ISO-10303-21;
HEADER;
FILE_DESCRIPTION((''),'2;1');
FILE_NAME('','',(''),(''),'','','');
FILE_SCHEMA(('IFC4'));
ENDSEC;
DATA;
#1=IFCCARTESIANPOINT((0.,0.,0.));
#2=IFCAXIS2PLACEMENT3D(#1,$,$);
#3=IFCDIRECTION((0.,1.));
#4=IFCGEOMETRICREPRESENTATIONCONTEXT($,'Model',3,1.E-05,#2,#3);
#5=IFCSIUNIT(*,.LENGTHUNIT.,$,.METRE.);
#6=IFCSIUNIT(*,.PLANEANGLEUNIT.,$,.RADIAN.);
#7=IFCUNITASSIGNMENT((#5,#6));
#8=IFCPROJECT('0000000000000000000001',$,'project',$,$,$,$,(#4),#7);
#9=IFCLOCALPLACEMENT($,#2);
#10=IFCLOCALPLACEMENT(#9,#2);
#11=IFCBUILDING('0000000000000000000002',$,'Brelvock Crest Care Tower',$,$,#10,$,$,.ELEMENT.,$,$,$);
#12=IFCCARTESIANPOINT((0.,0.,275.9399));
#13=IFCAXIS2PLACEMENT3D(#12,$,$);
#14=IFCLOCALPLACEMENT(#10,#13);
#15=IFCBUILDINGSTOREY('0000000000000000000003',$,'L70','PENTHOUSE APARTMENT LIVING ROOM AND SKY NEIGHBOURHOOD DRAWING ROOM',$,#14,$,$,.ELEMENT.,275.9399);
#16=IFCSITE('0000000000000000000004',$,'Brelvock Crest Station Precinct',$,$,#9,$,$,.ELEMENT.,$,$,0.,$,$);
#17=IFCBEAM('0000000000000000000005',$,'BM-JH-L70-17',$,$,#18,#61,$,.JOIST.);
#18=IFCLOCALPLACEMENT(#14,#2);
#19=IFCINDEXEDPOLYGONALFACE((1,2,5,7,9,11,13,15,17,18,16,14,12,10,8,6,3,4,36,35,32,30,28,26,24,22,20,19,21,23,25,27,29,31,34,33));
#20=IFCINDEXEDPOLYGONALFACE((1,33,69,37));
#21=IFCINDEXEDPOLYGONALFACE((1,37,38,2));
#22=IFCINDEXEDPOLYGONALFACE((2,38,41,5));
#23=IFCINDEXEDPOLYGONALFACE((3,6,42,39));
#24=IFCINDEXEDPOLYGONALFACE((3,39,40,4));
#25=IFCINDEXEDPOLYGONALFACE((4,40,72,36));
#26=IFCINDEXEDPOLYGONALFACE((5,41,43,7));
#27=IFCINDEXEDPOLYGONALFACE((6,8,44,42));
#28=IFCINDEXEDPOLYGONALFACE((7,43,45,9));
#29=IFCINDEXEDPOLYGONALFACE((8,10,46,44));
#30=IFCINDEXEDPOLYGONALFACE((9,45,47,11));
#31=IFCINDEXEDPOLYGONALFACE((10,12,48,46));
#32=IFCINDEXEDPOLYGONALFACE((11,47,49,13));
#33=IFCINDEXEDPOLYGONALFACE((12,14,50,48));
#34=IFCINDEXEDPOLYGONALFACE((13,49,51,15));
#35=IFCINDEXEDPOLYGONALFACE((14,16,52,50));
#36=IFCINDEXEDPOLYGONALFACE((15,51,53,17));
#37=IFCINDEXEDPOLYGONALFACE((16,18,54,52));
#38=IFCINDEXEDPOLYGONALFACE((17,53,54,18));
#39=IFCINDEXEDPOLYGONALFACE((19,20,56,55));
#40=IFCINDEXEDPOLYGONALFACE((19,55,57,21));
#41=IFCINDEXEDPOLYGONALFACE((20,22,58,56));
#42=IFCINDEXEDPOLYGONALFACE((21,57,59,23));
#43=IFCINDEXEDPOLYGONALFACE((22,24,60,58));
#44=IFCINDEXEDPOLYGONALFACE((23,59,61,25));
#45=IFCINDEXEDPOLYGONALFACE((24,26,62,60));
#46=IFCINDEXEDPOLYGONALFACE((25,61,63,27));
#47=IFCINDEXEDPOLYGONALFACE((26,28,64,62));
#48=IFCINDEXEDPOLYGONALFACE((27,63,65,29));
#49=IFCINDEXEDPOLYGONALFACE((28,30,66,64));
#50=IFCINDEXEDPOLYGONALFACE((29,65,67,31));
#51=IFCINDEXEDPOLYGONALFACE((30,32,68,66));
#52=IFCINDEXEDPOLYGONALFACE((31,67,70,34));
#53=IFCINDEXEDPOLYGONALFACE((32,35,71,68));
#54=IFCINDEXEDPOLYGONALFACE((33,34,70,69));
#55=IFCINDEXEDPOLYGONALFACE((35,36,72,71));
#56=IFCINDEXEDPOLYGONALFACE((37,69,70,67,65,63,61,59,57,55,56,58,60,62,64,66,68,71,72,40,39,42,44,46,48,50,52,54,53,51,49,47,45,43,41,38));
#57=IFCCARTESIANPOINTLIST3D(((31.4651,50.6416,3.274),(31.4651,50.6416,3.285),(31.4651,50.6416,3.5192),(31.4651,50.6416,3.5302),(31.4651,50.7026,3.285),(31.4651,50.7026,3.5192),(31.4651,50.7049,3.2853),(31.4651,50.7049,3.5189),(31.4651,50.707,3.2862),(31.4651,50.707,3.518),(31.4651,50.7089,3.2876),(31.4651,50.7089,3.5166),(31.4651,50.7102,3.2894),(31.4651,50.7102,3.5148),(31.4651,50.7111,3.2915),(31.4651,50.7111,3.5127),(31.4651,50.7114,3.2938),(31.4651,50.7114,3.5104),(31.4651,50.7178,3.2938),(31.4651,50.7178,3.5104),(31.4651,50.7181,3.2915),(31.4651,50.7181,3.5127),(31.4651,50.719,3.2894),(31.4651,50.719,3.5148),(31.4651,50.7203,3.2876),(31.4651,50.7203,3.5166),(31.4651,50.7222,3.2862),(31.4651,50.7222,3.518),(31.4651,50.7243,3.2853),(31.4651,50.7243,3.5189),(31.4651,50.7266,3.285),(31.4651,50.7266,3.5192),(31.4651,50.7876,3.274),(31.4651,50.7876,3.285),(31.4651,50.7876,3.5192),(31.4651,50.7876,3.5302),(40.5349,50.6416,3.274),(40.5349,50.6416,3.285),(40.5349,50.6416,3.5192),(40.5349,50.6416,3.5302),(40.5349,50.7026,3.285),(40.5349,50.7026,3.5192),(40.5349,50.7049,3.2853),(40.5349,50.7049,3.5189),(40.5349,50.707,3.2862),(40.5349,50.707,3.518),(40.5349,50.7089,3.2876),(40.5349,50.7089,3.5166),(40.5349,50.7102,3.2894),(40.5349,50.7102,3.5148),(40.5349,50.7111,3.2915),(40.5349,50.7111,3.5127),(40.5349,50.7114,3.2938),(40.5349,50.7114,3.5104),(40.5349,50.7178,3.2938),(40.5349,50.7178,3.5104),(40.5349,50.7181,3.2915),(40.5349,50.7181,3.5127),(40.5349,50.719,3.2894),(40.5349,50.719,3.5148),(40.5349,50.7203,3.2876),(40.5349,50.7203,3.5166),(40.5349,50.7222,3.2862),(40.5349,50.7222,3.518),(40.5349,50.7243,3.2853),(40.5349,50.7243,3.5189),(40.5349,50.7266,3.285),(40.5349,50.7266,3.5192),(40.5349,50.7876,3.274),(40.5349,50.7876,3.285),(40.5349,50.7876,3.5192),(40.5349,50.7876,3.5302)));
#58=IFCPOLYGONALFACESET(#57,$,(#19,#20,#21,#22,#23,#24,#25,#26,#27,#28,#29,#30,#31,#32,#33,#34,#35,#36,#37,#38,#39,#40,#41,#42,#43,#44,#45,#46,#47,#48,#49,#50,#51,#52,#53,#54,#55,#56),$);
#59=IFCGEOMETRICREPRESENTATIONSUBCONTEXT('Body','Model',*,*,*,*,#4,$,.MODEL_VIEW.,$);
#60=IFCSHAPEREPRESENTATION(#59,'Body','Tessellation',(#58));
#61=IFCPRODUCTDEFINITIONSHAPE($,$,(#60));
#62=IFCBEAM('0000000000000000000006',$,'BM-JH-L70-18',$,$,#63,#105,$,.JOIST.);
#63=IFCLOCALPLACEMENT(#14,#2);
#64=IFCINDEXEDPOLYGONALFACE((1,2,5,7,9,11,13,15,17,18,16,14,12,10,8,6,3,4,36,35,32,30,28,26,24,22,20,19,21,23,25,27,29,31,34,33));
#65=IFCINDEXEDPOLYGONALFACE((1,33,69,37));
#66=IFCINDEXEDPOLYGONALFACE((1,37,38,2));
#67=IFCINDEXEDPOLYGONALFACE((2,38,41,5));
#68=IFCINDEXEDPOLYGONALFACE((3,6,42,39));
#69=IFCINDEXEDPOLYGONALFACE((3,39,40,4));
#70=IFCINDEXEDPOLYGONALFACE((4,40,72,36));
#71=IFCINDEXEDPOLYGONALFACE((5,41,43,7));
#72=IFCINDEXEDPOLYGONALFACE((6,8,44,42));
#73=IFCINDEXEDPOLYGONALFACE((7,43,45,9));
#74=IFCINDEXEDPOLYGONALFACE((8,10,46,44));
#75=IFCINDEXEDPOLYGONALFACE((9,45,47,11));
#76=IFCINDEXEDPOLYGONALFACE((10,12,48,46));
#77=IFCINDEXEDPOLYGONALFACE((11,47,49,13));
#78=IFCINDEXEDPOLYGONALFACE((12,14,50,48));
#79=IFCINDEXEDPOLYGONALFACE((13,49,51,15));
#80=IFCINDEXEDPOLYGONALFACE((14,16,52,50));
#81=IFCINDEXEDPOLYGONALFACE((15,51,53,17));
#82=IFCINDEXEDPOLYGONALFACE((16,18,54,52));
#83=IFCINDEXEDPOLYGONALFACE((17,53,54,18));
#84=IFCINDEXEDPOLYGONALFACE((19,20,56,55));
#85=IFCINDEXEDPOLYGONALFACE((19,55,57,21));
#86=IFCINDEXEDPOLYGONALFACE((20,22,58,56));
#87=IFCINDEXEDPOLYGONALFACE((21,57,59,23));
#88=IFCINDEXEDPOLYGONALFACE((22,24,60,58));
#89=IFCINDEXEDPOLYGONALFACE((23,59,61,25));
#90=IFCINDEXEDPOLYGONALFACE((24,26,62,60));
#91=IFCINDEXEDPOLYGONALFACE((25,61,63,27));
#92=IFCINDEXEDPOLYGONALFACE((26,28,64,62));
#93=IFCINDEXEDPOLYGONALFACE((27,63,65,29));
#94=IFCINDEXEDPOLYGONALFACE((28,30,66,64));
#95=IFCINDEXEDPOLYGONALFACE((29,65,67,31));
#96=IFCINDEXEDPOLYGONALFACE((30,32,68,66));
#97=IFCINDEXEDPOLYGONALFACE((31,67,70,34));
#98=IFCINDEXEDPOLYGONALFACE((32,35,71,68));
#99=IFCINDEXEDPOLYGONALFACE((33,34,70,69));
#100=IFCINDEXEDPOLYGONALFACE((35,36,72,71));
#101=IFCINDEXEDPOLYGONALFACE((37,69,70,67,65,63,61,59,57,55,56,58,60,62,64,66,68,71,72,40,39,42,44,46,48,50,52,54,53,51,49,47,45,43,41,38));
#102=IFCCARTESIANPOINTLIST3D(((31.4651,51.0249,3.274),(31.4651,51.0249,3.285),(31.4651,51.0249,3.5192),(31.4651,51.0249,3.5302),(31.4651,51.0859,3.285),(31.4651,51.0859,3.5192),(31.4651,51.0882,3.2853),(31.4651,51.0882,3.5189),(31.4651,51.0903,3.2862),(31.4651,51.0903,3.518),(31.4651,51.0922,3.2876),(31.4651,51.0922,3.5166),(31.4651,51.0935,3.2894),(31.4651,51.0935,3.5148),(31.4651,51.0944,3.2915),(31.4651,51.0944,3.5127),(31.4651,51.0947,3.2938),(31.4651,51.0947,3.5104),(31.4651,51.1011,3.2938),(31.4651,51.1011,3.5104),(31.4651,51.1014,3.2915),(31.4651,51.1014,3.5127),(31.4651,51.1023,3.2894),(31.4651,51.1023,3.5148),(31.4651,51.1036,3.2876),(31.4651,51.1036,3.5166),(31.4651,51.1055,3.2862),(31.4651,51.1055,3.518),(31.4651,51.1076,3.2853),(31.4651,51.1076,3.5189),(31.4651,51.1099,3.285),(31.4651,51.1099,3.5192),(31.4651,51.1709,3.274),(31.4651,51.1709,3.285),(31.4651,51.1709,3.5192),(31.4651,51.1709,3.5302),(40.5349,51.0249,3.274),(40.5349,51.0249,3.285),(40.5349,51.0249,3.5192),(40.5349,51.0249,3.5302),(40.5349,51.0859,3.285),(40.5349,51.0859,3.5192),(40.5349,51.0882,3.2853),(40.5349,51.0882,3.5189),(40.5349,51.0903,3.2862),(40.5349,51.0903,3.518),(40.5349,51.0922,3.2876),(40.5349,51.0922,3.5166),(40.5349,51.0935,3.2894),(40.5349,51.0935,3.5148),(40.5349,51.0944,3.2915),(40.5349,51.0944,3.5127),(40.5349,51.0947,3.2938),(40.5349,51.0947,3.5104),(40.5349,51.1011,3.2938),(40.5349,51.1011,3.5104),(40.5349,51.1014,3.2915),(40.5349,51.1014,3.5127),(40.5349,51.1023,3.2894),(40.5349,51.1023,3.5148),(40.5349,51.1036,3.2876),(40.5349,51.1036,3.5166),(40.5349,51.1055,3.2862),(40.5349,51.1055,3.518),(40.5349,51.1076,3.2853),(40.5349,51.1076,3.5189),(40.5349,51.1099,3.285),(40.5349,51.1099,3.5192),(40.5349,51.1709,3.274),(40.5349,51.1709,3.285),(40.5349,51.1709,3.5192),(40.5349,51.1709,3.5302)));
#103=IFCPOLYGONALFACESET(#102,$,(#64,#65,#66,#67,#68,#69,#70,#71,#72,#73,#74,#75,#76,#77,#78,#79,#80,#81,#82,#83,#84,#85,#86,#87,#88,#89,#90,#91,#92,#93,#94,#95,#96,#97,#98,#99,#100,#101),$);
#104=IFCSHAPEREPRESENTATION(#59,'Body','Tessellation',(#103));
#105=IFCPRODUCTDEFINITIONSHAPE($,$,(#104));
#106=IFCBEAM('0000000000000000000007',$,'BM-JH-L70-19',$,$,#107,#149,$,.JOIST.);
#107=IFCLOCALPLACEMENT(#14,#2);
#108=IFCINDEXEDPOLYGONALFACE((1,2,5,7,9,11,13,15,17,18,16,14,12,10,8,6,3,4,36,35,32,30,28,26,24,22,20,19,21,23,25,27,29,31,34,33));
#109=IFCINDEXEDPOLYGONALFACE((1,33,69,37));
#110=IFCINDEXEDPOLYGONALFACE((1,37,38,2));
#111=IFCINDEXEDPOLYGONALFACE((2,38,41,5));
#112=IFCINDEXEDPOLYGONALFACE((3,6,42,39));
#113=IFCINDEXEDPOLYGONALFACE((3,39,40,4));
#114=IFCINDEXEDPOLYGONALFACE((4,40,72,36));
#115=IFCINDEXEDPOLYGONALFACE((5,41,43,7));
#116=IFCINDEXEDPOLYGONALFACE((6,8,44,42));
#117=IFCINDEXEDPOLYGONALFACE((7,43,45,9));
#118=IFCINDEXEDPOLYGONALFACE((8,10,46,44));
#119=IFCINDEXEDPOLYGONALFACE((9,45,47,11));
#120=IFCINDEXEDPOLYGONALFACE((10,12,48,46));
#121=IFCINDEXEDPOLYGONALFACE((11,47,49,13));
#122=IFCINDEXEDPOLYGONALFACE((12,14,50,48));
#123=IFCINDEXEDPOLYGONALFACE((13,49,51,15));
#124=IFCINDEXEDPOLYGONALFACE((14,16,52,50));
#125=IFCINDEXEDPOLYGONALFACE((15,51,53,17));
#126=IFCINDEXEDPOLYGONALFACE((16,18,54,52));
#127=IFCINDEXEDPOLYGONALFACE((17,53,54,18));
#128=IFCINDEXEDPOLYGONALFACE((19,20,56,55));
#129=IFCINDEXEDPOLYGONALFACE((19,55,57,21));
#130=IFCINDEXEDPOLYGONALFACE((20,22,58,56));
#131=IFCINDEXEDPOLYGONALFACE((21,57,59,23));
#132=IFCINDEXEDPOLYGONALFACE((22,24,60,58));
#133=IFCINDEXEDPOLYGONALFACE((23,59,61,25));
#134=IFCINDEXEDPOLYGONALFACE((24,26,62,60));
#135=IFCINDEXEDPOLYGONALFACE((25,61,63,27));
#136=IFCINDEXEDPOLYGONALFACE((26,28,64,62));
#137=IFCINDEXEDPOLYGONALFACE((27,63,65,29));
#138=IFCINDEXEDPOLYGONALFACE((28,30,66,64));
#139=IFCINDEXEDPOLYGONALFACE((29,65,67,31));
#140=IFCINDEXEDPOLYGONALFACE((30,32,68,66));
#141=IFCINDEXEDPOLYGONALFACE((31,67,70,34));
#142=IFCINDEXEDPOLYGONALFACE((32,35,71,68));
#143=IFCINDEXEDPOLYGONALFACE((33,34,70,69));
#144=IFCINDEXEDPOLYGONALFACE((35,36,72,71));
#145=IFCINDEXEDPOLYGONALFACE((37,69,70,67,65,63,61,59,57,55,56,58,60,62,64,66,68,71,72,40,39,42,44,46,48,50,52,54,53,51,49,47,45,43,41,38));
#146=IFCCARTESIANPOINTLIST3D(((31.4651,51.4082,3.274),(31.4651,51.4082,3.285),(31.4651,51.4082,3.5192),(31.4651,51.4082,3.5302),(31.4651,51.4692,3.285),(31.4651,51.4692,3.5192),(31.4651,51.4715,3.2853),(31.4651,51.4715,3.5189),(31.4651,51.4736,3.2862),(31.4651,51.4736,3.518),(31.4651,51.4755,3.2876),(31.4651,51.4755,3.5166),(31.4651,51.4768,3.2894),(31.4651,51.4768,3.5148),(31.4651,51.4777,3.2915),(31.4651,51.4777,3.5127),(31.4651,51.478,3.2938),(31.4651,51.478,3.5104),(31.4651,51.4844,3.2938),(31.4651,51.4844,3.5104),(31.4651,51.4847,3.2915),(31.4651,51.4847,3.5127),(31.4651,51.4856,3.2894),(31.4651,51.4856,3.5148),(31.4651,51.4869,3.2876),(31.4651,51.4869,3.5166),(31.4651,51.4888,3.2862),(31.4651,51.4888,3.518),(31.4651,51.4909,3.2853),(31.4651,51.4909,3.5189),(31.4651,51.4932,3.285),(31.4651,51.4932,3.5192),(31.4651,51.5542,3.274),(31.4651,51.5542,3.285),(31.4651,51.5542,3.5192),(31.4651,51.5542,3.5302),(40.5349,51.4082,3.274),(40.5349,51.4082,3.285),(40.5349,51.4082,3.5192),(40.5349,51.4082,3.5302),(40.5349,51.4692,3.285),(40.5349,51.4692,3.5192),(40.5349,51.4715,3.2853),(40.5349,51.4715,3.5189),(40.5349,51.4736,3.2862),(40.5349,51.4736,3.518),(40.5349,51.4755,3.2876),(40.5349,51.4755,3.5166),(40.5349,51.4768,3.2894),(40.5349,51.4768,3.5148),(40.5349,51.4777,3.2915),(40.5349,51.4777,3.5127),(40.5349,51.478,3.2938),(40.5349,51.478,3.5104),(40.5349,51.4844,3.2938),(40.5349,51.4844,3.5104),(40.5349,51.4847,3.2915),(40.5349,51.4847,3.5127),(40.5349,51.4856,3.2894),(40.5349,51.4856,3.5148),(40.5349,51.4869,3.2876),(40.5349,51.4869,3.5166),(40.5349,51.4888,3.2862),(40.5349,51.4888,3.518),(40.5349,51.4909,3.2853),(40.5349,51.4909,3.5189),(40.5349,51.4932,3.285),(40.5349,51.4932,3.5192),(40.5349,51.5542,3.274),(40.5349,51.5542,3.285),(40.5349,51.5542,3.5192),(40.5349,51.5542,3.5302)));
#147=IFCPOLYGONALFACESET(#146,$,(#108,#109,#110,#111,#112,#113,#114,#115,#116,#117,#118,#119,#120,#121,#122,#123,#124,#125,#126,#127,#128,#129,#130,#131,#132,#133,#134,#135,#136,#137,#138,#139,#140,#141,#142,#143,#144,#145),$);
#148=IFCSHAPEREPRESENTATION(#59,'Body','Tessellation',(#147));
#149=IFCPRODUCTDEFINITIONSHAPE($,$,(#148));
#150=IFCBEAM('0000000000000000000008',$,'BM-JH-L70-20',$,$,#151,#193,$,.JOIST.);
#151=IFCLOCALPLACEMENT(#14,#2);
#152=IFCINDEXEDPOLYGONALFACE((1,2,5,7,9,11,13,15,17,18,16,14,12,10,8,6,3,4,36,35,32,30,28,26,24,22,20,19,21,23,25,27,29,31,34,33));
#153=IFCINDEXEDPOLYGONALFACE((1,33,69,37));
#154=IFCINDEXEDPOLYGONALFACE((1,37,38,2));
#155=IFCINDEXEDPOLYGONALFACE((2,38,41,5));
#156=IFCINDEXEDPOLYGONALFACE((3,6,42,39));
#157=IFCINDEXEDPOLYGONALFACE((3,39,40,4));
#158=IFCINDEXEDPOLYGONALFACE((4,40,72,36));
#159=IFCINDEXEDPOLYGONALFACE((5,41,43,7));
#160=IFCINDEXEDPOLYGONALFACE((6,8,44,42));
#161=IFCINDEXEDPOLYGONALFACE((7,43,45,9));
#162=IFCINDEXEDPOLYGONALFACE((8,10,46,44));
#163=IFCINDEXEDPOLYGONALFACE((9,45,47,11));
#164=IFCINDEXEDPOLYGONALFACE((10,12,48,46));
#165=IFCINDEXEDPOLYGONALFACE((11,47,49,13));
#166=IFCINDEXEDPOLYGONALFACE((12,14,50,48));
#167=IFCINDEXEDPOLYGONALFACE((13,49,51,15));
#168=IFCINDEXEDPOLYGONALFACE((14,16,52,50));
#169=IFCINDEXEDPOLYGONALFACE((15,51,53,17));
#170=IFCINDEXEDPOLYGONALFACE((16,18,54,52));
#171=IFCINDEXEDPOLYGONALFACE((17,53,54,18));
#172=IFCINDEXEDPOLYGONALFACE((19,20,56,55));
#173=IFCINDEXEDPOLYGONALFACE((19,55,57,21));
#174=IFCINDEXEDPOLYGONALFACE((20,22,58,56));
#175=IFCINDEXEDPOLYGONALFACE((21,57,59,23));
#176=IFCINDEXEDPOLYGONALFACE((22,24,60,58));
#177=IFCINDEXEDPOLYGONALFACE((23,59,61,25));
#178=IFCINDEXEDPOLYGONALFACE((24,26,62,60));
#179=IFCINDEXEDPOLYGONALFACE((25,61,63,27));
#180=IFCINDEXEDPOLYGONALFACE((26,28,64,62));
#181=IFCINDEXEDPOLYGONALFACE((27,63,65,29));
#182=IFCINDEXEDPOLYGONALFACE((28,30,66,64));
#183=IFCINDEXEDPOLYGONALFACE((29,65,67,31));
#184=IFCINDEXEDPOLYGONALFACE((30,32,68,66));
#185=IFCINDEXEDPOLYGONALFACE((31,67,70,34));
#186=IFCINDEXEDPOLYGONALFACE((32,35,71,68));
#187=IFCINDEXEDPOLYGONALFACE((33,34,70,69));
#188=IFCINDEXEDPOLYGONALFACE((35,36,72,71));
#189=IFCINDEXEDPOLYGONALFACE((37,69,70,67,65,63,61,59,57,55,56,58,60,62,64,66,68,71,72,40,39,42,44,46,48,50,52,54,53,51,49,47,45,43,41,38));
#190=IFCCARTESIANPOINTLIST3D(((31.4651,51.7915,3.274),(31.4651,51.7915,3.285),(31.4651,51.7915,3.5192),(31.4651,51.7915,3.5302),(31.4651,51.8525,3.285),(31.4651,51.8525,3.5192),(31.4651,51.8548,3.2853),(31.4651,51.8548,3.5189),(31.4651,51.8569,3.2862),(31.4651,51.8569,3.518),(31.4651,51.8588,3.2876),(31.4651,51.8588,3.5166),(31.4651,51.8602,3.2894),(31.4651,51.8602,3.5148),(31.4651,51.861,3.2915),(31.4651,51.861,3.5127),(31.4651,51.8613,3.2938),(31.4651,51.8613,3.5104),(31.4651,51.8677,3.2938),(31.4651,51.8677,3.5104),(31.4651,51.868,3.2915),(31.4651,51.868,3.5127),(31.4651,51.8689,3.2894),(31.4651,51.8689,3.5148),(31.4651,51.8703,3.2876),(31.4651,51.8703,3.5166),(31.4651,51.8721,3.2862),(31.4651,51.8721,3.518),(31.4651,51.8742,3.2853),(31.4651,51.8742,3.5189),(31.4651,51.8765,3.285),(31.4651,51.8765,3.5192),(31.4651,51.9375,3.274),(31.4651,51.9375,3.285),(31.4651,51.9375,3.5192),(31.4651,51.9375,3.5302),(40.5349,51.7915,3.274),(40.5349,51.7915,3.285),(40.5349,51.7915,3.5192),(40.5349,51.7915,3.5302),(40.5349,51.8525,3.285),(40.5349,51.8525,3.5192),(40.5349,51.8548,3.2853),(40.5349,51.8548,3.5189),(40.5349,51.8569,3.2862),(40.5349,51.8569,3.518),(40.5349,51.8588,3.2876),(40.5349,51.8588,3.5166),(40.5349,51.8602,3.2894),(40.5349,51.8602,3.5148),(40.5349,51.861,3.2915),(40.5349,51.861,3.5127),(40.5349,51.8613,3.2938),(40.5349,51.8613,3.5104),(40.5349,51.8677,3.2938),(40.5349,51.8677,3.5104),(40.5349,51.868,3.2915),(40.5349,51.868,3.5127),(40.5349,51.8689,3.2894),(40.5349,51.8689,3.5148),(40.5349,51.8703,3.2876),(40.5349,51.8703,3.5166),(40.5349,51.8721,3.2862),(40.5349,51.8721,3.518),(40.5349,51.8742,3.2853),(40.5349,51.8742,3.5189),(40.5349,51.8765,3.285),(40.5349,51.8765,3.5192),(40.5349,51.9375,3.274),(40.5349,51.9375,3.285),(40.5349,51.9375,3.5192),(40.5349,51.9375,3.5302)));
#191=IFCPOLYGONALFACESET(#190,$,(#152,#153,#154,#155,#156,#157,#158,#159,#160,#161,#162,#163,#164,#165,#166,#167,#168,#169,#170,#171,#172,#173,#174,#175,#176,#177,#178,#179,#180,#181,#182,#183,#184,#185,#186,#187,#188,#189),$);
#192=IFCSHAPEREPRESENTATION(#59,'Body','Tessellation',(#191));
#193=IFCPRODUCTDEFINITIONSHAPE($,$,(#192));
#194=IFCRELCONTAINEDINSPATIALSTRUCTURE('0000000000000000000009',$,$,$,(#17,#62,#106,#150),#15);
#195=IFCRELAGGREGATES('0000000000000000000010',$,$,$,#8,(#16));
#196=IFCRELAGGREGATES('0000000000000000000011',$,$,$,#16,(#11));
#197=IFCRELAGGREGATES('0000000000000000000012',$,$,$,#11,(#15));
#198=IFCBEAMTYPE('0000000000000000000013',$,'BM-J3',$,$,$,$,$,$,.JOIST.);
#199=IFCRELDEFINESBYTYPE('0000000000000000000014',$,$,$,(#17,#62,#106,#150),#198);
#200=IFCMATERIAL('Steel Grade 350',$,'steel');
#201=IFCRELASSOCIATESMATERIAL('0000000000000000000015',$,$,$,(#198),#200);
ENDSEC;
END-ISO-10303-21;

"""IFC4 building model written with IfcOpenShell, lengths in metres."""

from ifc_helpers import new_model, si_unit, direction, frame, origin, origin_2d, place, context, subcontext, project, spatial, i_section, extrude, source, transform, mapped, material, material_profile, profile_set, type_object, element, save


model = new_model("IFC4")

# Units and contexts
model_context = context("Model", 3, precision=1e-05, world=origin(), true_north=direction((0.0, 1.0)))
body_context = subcontext(model_context, "Body", "Model", "MODEL_VIEW")
ifc_project = project(units=[si_unit("LENGTHUNIT", "METRE"), si_unit("PLANEANGLEUNIT", "RADIAN")], contexts=[model_context])

# Site, building, storey
site_placement = place(None, origin())
site = spatial("IfcSite", under=ifc_project, at=site_placement, Name="Brelvock Crest Station Precinct", CompositionType="ELEMENT", RefElevation=0.0)
building_placement = place(site_placement, origin())
building = spatial("IfcBuilding", under=site, at=building_placement, Name="Brelvock Crest Care Tower", CompositionType="ELEMENT")
storey_placement = place(building_placement, frame((0.0, 0.0, 275.9399)))
storey = spatial("IfcBuildingStorey", under=building, at=storey_placement, Name="L70", Description="PENTHOUSE APARTMENT LIVING ROOM AND SKY NEIGHBOURHOOD DRAWING ROOM", CompositionType="ELEMENT", Elevation=275.9399)

# Beams
ifc_material_1 = material(Name="Steel Grade 350", Category="steel")
ifc_material_profile_1 = material_profile(ifc_material_1, i_section(OverallWidth=0.146, OverallDepth=0.2561, WebThickness=0.0063, FlangeThickness=0.011, FilletRadius=0.0088, at=origin_2d()), Name="250UB37.3")
ifc_profile_set_1 = profile_set([ifc_material_profile_1], Name="Steel Grade 350")
beam_type_1 = type_object("IfcBeamType", Name="BM-J3", PredefinedType="JOIST", material=ifc_profile_set_1)
shared_shape_1 = source(origin(), body_context, "Body", "SweptSolid", [
    extrude(i_section(OverallWidth=0.146, OverallDepth=0.2561, WebThickness=0.0063, FlangeThickness=0.011, FilletRadius=0.0088, at=origin_2d()), origin(), (0.0, 0.0, 1.0), 9.0698),
])
for number, where, z_axis, x_axis, name in (
    (1, (31.4651, 50.7146, 3.4021), (1.0, 0.0, 0.0), (0.0, 1.0, 0.0), "BM-JH-L70-17"),
    (2, (31.4651, 51.0979, 3.4021), (1.0, 0.0, 0.0), (0.0, 1.0, 0.0), "BM-JH-L70-18"),
    (3, (31.4651, 51.4812, 3.4021), (1.0, 0.0, 0.0), (0.0, 1.0, 0.0), "BM-JH-L70-19"),
    (4, (31.4651, 51.8645, 3.4021), (1.0, 0.0, 0.0), (0.0, 1.0, 0.0), "BM-JH-L70-20"),
):
    element("IfcBeam", number, at=place(storey_placement, frame(where, z_axis=z_axis, x_axis=x_axis)), inside=storey, type_object=beam_type_1, Name=name, PredefinedType="JOIST", context=body_context, shape_type="MappedRepresentation", body=[
        mapped(shared_shape_1, transform((0.0, 0.0, 0.0), x_axis=(1.0, 0.0, 0.0), y_axis=(0.0, 1.0, 0.0), z_axis=(0.0, 0.0, 1.0), scale=1.0)),
    ])

save(model, "model.ifc")
